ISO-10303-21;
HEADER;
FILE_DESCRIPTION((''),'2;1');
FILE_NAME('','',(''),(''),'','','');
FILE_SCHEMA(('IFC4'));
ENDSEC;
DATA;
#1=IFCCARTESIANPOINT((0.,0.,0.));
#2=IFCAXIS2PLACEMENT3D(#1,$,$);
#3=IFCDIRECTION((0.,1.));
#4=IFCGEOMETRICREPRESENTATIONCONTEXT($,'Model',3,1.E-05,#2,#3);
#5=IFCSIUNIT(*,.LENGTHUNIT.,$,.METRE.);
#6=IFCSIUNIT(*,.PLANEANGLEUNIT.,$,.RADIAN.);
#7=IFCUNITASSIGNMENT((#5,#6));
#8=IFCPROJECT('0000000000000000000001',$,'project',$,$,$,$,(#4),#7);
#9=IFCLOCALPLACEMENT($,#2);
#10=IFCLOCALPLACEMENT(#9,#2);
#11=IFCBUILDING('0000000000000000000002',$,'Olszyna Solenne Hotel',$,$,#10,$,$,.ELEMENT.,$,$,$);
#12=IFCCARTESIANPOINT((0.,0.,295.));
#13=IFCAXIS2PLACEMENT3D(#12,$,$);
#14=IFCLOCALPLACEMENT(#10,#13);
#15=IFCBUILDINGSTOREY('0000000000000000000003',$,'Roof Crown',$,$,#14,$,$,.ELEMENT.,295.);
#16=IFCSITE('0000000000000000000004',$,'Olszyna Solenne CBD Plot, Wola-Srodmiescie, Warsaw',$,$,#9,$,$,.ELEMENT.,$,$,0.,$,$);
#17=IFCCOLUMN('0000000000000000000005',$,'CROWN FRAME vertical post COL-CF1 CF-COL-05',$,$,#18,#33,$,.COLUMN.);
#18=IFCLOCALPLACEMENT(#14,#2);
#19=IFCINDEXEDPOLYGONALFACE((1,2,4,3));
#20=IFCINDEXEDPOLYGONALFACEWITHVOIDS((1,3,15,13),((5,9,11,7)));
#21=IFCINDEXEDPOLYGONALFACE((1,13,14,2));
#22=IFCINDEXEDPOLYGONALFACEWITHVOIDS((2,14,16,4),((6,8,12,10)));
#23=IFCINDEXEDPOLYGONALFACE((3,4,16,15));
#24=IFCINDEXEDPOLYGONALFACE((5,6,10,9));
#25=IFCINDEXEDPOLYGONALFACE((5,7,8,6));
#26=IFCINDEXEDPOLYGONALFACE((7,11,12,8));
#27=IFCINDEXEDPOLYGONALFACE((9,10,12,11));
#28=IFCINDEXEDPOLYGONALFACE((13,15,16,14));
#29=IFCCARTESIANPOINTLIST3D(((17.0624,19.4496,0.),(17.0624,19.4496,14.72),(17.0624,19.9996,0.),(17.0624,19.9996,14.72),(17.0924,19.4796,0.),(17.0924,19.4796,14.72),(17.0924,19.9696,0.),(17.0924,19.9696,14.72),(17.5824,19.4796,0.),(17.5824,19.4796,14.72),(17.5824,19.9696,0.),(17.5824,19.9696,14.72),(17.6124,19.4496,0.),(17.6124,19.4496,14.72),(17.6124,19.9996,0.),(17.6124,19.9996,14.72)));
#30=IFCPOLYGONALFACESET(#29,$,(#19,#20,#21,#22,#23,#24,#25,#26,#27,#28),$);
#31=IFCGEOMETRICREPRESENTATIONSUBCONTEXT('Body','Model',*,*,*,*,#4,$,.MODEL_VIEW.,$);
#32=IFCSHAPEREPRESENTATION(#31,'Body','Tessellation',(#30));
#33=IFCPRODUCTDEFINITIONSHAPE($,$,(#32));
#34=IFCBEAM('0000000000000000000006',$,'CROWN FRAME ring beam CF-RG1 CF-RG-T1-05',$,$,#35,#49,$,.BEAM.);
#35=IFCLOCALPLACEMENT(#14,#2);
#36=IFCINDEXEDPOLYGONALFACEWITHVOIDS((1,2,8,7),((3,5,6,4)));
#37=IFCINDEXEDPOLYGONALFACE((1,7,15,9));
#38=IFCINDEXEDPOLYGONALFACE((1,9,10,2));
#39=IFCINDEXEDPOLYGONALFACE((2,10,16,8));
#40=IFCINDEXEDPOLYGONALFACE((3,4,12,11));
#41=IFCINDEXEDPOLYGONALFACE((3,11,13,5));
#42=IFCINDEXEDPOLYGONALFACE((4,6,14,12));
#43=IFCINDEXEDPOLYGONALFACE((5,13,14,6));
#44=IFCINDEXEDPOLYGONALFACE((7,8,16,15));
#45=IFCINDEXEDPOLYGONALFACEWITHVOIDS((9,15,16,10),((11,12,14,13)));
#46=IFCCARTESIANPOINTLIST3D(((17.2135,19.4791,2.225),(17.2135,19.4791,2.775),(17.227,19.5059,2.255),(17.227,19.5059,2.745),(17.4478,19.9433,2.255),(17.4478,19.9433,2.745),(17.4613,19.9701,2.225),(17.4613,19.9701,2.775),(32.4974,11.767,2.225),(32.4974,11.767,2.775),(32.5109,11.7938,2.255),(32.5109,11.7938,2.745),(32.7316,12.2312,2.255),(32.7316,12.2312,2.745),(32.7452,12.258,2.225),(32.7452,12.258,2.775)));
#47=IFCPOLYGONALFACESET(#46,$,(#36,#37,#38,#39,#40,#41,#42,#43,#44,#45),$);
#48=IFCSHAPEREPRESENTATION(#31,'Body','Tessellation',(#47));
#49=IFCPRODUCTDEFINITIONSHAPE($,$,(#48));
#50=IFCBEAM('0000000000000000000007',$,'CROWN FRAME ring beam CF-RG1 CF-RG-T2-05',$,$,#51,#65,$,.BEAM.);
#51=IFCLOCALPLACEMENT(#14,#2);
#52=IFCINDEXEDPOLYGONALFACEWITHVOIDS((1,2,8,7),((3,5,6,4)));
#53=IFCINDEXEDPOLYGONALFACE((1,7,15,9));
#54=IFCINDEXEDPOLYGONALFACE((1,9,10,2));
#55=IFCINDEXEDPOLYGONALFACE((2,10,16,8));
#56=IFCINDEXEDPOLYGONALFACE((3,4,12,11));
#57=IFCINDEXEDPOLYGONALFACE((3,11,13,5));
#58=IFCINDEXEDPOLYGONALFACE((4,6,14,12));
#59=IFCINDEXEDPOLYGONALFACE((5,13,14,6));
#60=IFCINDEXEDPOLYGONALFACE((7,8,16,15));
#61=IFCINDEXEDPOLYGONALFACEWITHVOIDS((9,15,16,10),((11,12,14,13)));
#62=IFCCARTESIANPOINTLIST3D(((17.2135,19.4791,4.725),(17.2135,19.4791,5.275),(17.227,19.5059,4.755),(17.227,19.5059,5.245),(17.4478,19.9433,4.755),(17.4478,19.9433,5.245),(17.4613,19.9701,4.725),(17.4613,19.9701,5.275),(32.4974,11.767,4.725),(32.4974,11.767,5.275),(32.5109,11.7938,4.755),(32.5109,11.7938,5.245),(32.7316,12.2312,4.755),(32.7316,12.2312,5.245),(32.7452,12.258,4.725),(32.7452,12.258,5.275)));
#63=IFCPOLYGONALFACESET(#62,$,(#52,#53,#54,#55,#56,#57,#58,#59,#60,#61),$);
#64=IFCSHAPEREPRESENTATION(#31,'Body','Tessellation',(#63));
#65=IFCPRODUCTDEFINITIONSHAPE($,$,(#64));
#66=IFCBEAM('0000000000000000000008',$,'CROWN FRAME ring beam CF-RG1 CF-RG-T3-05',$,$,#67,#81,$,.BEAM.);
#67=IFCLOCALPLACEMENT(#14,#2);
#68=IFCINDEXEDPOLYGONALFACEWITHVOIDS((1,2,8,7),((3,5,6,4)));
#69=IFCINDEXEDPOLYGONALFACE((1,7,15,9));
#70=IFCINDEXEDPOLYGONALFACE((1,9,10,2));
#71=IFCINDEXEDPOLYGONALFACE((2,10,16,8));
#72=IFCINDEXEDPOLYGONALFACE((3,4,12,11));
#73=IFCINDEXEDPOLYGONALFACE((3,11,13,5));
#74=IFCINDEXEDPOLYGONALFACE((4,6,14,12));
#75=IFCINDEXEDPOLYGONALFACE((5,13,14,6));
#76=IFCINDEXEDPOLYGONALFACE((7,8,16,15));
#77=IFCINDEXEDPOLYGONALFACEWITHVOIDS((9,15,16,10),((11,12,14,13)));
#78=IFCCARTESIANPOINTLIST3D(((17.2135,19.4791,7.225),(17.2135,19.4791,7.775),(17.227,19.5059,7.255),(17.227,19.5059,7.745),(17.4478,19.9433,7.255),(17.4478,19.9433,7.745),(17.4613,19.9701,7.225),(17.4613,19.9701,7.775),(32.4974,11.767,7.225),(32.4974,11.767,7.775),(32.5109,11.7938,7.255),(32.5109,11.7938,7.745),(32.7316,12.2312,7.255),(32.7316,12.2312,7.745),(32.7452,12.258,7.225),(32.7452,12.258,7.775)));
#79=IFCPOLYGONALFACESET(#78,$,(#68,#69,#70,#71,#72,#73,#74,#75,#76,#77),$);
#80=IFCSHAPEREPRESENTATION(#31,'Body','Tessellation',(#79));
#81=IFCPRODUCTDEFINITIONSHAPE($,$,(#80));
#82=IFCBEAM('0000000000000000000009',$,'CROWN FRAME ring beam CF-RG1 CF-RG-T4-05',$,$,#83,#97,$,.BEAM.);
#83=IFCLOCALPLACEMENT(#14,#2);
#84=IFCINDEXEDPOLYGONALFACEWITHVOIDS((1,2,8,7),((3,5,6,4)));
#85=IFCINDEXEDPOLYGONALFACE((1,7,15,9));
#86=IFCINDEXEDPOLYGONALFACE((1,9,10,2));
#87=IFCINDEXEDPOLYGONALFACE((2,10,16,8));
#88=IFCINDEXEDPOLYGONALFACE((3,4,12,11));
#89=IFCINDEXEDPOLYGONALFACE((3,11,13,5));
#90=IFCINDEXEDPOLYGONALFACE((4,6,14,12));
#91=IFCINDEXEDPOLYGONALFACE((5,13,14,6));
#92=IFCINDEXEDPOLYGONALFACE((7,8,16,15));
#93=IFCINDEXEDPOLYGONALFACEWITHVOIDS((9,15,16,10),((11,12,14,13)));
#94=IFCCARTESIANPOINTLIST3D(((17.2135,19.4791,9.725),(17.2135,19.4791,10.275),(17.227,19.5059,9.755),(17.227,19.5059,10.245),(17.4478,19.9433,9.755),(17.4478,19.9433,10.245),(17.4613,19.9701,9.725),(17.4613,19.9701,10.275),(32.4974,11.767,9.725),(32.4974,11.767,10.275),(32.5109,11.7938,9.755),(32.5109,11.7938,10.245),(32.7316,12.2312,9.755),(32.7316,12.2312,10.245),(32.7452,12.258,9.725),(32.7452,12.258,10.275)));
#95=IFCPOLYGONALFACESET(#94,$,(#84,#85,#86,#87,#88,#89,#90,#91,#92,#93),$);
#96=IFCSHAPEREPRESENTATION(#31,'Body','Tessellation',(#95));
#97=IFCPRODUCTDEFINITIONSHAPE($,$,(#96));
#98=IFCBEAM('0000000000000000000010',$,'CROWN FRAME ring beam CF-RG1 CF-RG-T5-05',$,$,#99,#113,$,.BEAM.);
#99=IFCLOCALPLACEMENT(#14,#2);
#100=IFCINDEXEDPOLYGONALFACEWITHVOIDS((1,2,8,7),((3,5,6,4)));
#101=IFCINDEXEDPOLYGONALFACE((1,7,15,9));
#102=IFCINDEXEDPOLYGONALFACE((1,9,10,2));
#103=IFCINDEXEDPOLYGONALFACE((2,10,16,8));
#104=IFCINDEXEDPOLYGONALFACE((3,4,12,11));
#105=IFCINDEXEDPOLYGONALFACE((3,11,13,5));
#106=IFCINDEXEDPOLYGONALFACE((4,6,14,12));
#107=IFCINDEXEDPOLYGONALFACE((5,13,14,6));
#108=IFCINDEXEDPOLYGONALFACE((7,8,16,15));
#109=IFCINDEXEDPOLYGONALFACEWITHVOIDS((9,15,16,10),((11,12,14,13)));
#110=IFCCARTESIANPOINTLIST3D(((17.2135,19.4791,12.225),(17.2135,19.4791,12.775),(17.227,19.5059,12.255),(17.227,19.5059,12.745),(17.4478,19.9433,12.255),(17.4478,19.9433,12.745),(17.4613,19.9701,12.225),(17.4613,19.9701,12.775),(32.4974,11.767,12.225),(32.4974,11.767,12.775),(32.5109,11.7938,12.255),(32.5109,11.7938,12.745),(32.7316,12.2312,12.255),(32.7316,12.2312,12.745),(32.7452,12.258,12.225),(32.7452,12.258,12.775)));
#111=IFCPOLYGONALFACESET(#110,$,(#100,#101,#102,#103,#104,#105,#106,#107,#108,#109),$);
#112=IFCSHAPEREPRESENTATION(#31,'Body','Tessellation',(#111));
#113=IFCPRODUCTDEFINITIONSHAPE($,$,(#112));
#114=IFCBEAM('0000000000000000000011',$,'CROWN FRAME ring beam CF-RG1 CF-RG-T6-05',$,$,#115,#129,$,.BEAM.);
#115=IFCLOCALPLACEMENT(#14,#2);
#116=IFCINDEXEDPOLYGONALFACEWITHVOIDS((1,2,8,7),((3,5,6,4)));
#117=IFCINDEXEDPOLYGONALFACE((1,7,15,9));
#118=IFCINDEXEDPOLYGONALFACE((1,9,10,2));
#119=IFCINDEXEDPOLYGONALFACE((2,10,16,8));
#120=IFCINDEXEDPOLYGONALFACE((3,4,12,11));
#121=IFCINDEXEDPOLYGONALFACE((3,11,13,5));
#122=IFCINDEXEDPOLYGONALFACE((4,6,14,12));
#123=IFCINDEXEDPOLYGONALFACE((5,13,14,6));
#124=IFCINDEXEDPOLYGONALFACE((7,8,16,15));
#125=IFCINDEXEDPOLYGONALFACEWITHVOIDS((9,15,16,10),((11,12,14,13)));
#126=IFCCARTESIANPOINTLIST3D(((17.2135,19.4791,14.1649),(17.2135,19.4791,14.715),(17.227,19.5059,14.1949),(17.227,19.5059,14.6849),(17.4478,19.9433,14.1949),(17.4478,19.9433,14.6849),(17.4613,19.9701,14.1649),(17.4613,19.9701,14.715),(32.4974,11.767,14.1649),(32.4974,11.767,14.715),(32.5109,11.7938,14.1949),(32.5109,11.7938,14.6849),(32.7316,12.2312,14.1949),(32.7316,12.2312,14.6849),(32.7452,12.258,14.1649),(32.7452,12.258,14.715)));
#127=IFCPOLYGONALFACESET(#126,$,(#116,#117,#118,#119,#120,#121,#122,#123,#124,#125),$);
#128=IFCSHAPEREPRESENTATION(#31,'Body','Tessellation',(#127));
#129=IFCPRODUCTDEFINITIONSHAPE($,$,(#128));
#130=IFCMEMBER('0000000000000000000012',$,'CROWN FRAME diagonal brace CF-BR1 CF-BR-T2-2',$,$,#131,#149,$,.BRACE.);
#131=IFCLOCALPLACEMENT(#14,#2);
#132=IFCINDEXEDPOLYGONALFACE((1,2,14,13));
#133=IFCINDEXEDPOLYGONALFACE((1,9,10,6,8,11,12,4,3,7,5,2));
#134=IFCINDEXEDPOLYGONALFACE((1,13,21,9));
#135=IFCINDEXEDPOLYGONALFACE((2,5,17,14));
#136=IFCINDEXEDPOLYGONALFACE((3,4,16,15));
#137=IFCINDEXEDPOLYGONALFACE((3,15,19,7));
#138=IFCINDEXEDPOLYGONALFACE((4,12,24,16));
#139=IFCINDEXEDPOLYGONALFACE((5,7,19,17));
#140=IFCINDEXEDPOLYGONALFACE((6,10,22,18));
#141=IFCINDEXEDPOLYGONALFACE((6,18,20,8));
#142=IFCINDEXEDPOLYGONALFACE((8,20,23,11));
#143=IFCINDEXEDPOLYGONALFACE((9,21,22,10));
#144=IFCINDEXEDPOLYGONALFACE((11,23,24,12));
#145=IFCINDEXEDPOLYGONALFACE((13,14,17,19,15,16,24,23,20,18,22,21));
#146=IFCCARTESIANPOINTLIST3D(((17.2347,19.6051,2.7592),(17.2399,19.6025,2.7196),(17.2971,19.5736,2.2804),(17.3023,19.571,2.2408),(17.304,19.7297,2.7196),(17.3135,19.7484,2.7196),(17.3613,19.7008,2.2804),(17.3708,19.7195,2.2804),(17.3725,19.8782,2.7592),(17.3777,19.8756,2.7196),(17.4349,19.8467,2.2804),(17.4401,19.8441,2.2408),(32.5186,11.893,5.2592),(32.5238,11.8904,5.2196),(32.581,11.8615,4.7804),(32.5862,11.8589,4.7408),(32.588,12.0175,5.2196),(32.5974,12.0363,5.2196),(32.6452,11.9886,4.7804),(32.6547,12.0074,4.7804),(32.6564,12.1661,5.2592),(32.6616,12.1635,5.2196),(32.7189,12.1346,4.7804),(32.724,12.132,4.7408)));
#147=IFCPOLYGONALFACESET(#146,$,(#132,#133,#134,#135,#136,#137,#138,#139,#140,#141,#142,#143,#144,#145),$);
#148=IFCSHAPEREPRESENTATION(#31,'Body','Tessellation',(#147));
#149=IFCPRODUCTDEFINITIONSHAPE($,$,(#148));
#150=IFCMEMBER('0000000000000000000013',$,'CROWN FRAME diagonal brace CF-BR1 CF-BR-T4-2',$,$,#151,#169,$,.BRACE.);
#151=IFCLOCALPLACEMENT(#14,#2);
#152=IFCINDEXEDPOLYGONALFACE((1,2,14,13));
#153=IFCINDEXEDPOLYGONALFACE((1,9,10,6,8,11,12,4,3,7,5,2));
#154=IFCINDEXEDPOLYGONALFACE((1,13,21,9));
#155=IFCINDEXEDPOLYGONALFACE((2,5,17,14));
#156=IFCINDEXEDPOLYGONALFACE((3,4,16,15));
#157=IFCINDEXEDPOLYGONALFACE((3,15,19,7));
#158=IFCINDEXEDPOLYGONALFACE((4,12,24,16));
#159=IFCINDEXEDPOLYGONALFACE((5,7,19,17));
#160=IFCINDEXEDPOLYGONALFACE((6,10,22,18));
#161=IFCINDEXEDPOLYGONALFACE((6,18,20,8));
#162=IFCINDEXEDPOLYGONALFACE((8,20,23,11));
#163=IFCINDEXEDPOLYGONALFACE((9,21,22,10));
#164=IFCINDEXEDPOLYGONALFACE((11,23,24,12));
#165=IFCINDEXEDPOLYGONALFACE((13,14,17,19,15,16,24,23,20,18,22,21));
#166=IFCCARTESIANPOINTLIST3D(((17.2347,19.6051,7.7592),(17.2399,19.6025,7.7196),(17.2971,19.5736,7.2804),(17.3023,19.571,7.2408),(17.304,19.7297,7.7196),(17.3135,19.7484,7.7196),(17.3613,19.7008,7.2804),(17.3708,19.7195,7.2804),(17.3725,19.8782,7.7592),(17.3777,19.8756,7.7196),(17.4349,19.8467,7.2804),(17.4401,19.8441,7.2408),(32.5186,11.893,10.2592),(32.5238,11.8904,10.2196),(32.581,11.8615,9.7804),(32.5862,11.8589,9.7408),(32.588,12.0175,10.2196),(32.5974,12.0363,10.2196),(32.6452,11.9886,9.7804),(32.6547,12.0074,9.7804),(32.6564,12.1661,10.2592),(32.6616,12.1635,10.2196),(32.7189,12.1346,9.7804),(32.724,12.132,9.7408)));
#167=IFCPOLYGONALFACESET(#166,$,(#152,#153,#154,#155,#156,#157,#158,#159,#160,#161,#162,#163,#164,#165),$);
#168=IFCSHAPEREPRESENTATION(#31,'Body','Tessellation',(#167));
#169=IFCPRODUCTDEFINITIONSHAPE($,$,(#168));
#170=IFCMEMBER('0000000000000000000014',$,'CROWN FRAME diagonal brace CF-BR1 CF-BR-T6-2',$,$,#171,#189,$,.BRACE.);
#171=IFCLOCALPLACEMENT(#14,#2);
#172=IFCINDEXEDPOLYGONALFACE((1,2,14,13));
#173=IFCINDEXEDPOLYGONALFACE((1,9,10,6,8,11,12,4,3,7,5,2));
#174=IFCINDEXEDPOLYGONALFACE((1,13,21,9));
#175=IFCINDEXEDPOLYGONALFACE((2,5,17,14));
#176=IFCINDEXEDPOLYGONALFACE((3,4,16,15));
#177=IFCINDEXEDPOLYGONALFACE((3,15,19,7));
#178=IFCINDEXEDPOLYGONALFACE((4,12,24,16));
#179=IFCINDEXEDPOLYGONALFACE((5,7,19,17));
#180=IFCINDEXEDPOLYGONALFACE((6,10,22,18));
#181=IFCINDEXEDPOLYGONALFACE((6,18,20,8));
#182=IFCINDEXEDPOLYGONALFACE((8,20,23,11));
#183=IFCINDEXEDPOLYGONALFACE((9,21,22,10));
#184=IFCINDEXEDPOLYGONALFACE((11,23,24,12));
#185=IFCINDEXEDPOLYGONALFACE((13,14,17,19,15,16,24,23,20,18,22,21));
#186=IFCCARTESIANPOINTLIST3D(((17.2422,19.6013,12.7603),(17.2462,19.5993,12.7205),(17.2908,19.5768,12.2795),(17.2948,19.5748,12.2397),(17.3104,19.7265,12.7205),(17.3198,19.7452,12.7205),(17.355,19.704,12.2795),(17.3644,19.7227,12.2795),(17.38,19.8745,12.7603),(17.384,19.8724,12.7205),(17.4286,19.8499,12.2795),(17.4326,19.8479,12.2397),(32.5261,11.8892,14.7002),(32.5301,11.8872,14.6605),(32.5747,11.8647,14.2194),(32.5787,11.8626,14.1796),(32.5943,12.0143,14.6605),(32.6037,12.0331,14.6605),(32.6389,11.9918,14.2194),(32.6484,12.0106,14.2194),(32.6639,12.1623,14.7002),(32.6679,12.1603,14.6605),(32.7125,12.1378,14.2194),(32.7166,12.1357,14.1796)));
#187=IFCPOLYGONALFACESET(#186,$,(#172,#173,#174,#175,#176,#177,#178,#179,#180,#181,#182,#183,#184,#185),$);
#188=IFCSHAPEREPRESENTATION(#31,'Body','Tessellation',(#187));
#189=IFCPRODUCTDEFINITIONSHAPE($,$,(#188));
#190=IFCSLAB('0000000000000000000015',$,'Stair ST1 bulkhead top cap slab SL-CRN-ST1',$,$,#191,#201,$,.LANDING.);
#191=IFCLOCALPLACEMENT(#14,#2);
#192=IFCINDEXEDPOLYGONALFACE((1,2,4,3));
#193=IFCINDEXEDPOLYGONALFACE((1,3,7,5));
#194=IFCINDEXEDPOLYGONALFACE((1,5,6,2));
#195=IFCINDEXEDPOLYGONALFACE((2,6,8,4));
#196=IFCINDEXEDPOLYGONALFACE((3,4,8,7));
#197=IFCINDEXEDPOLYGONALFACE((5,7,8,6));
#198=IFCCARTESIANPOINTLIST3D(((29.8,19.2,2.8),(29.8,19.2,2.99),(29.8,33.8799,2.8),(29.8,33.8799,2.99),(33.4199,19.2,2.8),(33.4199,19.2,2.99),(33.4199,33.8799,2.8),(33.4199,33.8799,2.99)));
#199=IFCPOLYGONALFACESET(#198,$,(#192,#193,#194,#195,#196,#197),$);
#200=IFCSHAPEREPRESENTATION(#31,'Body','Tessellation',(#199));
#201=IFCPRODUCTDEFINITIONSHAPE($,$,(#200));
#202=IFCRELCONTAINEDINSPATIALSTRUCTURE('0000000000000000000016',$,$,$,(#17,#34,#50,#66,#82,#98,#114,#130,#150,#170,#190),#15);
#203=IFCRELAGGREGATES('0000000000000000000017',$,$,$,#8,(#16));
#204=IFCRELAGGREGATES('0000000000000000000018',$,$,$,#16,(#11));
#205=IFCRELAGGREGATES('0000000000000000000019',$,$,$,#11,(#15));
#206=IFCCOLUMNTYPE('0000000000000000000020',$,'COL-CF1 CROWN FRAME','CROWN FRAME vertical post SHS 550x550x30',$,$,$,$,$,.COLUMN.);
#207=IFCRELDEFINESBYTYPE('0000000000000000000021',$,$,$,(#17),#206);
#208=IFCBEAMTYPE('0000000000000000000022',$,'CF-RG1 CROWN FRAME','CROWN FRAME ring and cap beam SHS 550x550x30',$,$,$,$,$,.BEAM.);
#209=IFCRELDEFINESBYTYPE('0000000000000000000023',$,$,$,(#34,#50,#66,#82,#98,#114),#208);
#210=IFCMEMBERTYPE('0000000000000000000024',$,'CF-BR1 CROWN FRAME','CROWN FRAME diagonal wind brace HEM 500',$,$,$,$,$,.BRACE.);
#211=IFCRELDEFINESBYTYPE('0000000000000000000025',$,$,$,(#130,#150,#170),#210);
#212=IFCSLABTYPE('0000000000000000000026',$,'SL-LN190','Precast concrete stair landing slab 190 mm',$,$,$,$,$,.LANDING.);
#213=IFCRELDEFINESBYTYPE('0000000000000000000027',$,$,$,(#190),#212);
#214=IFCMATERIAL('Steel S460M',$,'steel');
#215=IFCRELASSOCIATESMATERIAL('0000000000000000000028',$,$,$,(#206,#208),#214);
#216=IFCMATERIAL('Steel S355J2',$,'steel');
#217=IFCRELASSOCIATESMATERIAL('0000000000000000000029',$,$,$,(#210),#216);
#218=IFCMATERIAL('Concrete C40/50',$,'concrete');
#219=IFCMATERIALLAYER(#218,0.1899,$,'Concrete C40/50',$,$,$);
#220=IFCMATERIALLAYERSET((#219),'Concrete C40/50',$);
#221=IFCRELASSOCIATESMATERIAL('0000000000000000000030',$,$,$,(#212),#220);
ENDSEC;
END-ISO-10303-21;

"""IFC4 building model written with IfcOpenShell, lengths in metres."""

from ifc_helpers import new_model, si_unit, direction, frame, origin, origin_2d, place, context, subcontext, project, spatial, polyline, hollow_rectangle, i_section, outline, extrude, source, transform, mapped, material, layer, layer_set, material_profile, profile_set, type_object, element, save


model = new_model("IFC4")

# Units and contexts
model_context = context("Model", 3, precision=1e-05, world=origin(), true_north=direction((0.0, 1.0)))
body_context = subcontext(model_context, "Body", "Model", "MODEL_VIEW")
ifc_project = project(units=[si_unit("LENGTHUNIT", "METRE"), si_unit("PLANEANGLEUNIT", "RADIAN")], contexts=[model_context])

# Site, building, storey
site_placement = place(None, origin())
site = spatial("IfcSite", under=ifc_project, at=site_placement, Name="Olszyna Solenne CBD Plot, Wola-Srodmiescie, Warsaw", CompositionType="ELEMENT", RefElevation=0.0)
building_placement = place(site_placement, origin())
building = spatial("IfcBuilding", under=site, at=building_placement, Name="Olszyna Solenne Hotel", CompositionType="ELEMENT")
storey_placement = place(building_placement, frame((0.0, 0.0, 295.0)))
storey = spatial("IfcBuildingStorey", under=building, at=storey_placement, Name="Roof Crown", CompositionType="ELEMENT", Elevation=295.0)

# Column
ifc_material_1 = material(Name="Steel S460M", Category="steel")
ifc_material_profile_1 = material_profile(ifc_material_1, hollow_rectangle(XDim=0.55, YDim=0.55, WallThickness=0.03, at=origin_2d()), Name="SHS 550x550x30", Category="load-bearing")
ifc_profile_set_1 = profile_set([ifc_material_profile_1], Name="Steel S460M")
column_type = type_object("IfcColumnType", Name="COL-CF1 CROWN FRAME", Description="CROWN FRAME vertical post SHS 550x550x30", PredefinedType="COLUMN", material=ifc_profile_set_1)
shared_shape_1 = source(origin(), body_context, "Body", "SweptSolid", [
    extrude(hollow_rectangle(XDim=0.55, YDim=0.55, WallThickness=0.03, at=origin_2d()), origin(), (0.0, 0.0, 1.0), 14.72),
])
column_placement = place(storey_placement, frame((17.3374, 19.7246, 0.0), z_axis=(0.0, 0.0, 1.0), x_axis=(1.0, 0.0, 0.0)))
element("IfcColumn", 1, at=column_placement, inside=storey, type_object=column_type, Name="CROWN FRAME vertical post COL-CF1 CF-COL-05", PredefinedType="COLUMN", context=body_context, shape_type="MappedRepresentation", body=[
    mapped(shared_shape_1, transform((0.0, 0.0, 0.0), x_axis=(1.0, 0.0, 0.0), y_axis=(0.0, 1.0, 0.0), z_axis=(0.0, 0.0, 1.0), scale=1.0)),
])

# Beams
ifc_material_profile_2 = material_profile(ifc_material_1, hollow_rectangle(XDim=0.55, YDim=0.55, WallThickness=0.03, at=origin_2d()), Name="SHS 550x550x30", Category="load-bearing")
ifc_profile_set_2 = profile_set([ifc_material_profile_2], Name="Steel S460M")
beam_type = type_object("IfcBeamType", Name="CF-RG1 CROWN FRAME", Description="CROWN FRAME ring and cap beam SHS 550x550x30", PredefinedType="BEAM", material=ifc_profile_set_2)
shared_shape_2 = source(origin(), body_context, "Body", "SweptSolid", [
    extrude(hollow_rectangle(XDim=0.55, YDim=0.55, WallThickness=0.03, at=origin_2d()), origin(), (0.0, 0.0, 1.0), 17.1194),
])
for number, where, z_axis, x_axis, name in (
    (2, (17.3374, 19.7246, 2.5), (0.892781, -0.450491, 0.0), (0.450491, 0.892781, 0.0), "CROWN FRAME ring beam CF-RG1 CF-RG-T1-05"),
    (3, (17.3374, 19.7246, 5.0), (0.892781, -0.450491, 0.0), (0.450491, 0.892781, 0.0), "CROWN FRAME ring beam CF-RG1 CF-RG-T2-05"),
    (4, (17.3374, 19.7246, 7.5), (0.892781, -0.450491, 0.0), (0.450491, 0.892781, 0.0), "CROWN FRAME ring beam CF-RG1 CF-RG-T3-05"),
    (5, (17.3374, 19.7246, 10.0), (0.892781, -0.450491, 0.0), (0.450491, 0.892781, 0.0), "CROWN FRAME ring beam CF-RG1 CF-RG-T4-05"),
    (6, (17.3374, 19.7246, 12.5), (0.892781, -0.450491, 0.0), (0.450491, 0.892781, 0.0), "CROWN FRAME ring beam CF-RG1 CF-RG-T5-05"),
    (7, (17.3374, 19.7246, 14.4399), (0.892781, -0.450491, 0.0), (0.450491, 0.892781, 0.0), "CROWN FRAME ring beam CF-RG1 CF-RG-T6-05"),
):
    element("IfcBeam", number, at=place(storey_placement, frame(where, z_axis=z_axis, x_axis=x_axis)), inside=storey, type_object=beam_type, Name=name, PredefinedType="BEAM", context=body_context, shape_type="MappedRepresentation", body=[
        mapped(shared_shape_2, transform((0.0, 0.0, 0.0), x_axis=(1.0, 0.0, 0.0), y_axis=(0.0, 1.0, 0.0), z_axis=(0.0, 0.0, 1.0), scale=1.0)),
    ])

# Members
ifc_material_2 = material(Name="Steel S355J2", Category="steel")
ifc_material_profile_3 = material_profile(ifc_material_2, i_section(OverallWidth=0.3059, OverallDepth=0.5239, WebThickness=0.021, FlangeThickness=0.04, at=origin_2d()), Name="HEM 500", Category="load-bearing")
ifc_profile_set_3 = profile_set([ifc_material_profile_3], Name="Steel S355J2")
member_type = type_object("IfcMemberType", Name="CF-BR1 CROWN FRAME", Description="CROWN FRAME diagonal wind brace HEM 500", PredefinedType="BRACE", material=ifc_profile_set_3)
shared_shape_3 = source(origin(), body_context, "Body", "SweptSolid", [
    extrude(i_section(OverallWidth=0.3059, OverallDepth=0.5239, WebThickness=0.021, FlangeThickness=0.04, at=origin_2d()), origin(), (0.0, 0.0, 1.0), 17.301),
])
for number, where, z_axis, x_axis, name in (
    (8, (17.3374, 19.7246, 2.5), (0.883411, -0.445763, 0.1445), (0.450491, 0.892781, 0.0), "CROWN FRAME diagonal brace CF-BR1 CF-BR-T2-2"),
    (9, (17.3374, 19.7246, 7.5), (0.883411, -0.445763, 0.1445), (0.450491, 0.892781, 0.0), "CROWN FRAME diagonal brace CF-BR1 CF-BR-T4-2"),
):
    element("IfcMember", number, at=place(storey_placement, frame(where, z_axis=z_axis, x_axis=x_axis)), inside=storey, type_object=member_type, Name=name, PredefinedType="BRACE", context=body_context, shape_type="MappedRepresentation", body=[
        mapped(shared_shape_3, transform((0.0, 0.0, 0.0), x_axis=(1.0, 0.0, 0.0), y_axis=(0.0, 1.0, 0.0), z_axis=(0.0, 0.0, 1.0), scale=1.0)),
    ])
shared_shape_4 = source(origin(), body_context, "Body", "SweptSolid", [
    extrude(i_section(OverallWidth=0.3059, OverallDepth=0.5239, WebThickness=0.021, FlangeThickness=0.04, at=origin_2d()), origin(), (0.0, 0.0, 1.0), 17.229),
])
member_placement = place(storey_placement, frame((17.3374, 19.7246, 12.5), z_axis=(0.887104, -0.447626, 0.112597), x_axis=(0.450491, 0.892781, 0.0)))
element("IfcMember", 10, at=member_placement, inside=storey, type_object=member_type, Name="CROWN FRAME diagonal brace CF-BR1 CF-BR-T6-2", PredefinedType="BRACE", context=body_context, shape_type="MappedRepresentation", body=[
    mapped(shared_shape_4, transform((0.0, 0.0, 0.0), x_axis=(1.0, 0.0, 0.0), y_axis=(0.0, 1.0, 0.0), z_axis=(0.0, 0.0, 1.0), scale=1.0)),
])

# Slab
ifc_material_3 = material(Name="Concrete C40/50", Category="concrete")
ifc_layer_1 = layer(ifc_material_3, 0.1899, Name="Concrete C40/50")
ifc_layer_set_1 = layer_set([ifc_layer_1], Name="Concrete C40/50")
slab_type_1 = type_object("IfcSlabType", Name="SL-LN190", Description="Precast concrete stair landing slab 190 mm", PredefinedType="LANDING", material=ifc_layer_set_1)
slab_1_placement = place(storey_placement, frame((0.0, 0.0, 2.8)))
element("IfcSlab", 11, at=slab_1_placement, inside=storey, type_object=slab_type_1, Name="Stair ST1 bulkhead top cap slab SL-CRN-ST1", PredefinedType="LANDING", context=body_context, shape_type="SweptSolid", body=[
    extrude(outline(polyline([(29.8, 19.2), (33.4199, 19.2), (33.4199, 33.8799), (29.8, 33.8799), (29.8, 19.2)])), origin(), (0.0, 0.0, 1.0), 0.1899),
])

save(model, "model.ifc")
